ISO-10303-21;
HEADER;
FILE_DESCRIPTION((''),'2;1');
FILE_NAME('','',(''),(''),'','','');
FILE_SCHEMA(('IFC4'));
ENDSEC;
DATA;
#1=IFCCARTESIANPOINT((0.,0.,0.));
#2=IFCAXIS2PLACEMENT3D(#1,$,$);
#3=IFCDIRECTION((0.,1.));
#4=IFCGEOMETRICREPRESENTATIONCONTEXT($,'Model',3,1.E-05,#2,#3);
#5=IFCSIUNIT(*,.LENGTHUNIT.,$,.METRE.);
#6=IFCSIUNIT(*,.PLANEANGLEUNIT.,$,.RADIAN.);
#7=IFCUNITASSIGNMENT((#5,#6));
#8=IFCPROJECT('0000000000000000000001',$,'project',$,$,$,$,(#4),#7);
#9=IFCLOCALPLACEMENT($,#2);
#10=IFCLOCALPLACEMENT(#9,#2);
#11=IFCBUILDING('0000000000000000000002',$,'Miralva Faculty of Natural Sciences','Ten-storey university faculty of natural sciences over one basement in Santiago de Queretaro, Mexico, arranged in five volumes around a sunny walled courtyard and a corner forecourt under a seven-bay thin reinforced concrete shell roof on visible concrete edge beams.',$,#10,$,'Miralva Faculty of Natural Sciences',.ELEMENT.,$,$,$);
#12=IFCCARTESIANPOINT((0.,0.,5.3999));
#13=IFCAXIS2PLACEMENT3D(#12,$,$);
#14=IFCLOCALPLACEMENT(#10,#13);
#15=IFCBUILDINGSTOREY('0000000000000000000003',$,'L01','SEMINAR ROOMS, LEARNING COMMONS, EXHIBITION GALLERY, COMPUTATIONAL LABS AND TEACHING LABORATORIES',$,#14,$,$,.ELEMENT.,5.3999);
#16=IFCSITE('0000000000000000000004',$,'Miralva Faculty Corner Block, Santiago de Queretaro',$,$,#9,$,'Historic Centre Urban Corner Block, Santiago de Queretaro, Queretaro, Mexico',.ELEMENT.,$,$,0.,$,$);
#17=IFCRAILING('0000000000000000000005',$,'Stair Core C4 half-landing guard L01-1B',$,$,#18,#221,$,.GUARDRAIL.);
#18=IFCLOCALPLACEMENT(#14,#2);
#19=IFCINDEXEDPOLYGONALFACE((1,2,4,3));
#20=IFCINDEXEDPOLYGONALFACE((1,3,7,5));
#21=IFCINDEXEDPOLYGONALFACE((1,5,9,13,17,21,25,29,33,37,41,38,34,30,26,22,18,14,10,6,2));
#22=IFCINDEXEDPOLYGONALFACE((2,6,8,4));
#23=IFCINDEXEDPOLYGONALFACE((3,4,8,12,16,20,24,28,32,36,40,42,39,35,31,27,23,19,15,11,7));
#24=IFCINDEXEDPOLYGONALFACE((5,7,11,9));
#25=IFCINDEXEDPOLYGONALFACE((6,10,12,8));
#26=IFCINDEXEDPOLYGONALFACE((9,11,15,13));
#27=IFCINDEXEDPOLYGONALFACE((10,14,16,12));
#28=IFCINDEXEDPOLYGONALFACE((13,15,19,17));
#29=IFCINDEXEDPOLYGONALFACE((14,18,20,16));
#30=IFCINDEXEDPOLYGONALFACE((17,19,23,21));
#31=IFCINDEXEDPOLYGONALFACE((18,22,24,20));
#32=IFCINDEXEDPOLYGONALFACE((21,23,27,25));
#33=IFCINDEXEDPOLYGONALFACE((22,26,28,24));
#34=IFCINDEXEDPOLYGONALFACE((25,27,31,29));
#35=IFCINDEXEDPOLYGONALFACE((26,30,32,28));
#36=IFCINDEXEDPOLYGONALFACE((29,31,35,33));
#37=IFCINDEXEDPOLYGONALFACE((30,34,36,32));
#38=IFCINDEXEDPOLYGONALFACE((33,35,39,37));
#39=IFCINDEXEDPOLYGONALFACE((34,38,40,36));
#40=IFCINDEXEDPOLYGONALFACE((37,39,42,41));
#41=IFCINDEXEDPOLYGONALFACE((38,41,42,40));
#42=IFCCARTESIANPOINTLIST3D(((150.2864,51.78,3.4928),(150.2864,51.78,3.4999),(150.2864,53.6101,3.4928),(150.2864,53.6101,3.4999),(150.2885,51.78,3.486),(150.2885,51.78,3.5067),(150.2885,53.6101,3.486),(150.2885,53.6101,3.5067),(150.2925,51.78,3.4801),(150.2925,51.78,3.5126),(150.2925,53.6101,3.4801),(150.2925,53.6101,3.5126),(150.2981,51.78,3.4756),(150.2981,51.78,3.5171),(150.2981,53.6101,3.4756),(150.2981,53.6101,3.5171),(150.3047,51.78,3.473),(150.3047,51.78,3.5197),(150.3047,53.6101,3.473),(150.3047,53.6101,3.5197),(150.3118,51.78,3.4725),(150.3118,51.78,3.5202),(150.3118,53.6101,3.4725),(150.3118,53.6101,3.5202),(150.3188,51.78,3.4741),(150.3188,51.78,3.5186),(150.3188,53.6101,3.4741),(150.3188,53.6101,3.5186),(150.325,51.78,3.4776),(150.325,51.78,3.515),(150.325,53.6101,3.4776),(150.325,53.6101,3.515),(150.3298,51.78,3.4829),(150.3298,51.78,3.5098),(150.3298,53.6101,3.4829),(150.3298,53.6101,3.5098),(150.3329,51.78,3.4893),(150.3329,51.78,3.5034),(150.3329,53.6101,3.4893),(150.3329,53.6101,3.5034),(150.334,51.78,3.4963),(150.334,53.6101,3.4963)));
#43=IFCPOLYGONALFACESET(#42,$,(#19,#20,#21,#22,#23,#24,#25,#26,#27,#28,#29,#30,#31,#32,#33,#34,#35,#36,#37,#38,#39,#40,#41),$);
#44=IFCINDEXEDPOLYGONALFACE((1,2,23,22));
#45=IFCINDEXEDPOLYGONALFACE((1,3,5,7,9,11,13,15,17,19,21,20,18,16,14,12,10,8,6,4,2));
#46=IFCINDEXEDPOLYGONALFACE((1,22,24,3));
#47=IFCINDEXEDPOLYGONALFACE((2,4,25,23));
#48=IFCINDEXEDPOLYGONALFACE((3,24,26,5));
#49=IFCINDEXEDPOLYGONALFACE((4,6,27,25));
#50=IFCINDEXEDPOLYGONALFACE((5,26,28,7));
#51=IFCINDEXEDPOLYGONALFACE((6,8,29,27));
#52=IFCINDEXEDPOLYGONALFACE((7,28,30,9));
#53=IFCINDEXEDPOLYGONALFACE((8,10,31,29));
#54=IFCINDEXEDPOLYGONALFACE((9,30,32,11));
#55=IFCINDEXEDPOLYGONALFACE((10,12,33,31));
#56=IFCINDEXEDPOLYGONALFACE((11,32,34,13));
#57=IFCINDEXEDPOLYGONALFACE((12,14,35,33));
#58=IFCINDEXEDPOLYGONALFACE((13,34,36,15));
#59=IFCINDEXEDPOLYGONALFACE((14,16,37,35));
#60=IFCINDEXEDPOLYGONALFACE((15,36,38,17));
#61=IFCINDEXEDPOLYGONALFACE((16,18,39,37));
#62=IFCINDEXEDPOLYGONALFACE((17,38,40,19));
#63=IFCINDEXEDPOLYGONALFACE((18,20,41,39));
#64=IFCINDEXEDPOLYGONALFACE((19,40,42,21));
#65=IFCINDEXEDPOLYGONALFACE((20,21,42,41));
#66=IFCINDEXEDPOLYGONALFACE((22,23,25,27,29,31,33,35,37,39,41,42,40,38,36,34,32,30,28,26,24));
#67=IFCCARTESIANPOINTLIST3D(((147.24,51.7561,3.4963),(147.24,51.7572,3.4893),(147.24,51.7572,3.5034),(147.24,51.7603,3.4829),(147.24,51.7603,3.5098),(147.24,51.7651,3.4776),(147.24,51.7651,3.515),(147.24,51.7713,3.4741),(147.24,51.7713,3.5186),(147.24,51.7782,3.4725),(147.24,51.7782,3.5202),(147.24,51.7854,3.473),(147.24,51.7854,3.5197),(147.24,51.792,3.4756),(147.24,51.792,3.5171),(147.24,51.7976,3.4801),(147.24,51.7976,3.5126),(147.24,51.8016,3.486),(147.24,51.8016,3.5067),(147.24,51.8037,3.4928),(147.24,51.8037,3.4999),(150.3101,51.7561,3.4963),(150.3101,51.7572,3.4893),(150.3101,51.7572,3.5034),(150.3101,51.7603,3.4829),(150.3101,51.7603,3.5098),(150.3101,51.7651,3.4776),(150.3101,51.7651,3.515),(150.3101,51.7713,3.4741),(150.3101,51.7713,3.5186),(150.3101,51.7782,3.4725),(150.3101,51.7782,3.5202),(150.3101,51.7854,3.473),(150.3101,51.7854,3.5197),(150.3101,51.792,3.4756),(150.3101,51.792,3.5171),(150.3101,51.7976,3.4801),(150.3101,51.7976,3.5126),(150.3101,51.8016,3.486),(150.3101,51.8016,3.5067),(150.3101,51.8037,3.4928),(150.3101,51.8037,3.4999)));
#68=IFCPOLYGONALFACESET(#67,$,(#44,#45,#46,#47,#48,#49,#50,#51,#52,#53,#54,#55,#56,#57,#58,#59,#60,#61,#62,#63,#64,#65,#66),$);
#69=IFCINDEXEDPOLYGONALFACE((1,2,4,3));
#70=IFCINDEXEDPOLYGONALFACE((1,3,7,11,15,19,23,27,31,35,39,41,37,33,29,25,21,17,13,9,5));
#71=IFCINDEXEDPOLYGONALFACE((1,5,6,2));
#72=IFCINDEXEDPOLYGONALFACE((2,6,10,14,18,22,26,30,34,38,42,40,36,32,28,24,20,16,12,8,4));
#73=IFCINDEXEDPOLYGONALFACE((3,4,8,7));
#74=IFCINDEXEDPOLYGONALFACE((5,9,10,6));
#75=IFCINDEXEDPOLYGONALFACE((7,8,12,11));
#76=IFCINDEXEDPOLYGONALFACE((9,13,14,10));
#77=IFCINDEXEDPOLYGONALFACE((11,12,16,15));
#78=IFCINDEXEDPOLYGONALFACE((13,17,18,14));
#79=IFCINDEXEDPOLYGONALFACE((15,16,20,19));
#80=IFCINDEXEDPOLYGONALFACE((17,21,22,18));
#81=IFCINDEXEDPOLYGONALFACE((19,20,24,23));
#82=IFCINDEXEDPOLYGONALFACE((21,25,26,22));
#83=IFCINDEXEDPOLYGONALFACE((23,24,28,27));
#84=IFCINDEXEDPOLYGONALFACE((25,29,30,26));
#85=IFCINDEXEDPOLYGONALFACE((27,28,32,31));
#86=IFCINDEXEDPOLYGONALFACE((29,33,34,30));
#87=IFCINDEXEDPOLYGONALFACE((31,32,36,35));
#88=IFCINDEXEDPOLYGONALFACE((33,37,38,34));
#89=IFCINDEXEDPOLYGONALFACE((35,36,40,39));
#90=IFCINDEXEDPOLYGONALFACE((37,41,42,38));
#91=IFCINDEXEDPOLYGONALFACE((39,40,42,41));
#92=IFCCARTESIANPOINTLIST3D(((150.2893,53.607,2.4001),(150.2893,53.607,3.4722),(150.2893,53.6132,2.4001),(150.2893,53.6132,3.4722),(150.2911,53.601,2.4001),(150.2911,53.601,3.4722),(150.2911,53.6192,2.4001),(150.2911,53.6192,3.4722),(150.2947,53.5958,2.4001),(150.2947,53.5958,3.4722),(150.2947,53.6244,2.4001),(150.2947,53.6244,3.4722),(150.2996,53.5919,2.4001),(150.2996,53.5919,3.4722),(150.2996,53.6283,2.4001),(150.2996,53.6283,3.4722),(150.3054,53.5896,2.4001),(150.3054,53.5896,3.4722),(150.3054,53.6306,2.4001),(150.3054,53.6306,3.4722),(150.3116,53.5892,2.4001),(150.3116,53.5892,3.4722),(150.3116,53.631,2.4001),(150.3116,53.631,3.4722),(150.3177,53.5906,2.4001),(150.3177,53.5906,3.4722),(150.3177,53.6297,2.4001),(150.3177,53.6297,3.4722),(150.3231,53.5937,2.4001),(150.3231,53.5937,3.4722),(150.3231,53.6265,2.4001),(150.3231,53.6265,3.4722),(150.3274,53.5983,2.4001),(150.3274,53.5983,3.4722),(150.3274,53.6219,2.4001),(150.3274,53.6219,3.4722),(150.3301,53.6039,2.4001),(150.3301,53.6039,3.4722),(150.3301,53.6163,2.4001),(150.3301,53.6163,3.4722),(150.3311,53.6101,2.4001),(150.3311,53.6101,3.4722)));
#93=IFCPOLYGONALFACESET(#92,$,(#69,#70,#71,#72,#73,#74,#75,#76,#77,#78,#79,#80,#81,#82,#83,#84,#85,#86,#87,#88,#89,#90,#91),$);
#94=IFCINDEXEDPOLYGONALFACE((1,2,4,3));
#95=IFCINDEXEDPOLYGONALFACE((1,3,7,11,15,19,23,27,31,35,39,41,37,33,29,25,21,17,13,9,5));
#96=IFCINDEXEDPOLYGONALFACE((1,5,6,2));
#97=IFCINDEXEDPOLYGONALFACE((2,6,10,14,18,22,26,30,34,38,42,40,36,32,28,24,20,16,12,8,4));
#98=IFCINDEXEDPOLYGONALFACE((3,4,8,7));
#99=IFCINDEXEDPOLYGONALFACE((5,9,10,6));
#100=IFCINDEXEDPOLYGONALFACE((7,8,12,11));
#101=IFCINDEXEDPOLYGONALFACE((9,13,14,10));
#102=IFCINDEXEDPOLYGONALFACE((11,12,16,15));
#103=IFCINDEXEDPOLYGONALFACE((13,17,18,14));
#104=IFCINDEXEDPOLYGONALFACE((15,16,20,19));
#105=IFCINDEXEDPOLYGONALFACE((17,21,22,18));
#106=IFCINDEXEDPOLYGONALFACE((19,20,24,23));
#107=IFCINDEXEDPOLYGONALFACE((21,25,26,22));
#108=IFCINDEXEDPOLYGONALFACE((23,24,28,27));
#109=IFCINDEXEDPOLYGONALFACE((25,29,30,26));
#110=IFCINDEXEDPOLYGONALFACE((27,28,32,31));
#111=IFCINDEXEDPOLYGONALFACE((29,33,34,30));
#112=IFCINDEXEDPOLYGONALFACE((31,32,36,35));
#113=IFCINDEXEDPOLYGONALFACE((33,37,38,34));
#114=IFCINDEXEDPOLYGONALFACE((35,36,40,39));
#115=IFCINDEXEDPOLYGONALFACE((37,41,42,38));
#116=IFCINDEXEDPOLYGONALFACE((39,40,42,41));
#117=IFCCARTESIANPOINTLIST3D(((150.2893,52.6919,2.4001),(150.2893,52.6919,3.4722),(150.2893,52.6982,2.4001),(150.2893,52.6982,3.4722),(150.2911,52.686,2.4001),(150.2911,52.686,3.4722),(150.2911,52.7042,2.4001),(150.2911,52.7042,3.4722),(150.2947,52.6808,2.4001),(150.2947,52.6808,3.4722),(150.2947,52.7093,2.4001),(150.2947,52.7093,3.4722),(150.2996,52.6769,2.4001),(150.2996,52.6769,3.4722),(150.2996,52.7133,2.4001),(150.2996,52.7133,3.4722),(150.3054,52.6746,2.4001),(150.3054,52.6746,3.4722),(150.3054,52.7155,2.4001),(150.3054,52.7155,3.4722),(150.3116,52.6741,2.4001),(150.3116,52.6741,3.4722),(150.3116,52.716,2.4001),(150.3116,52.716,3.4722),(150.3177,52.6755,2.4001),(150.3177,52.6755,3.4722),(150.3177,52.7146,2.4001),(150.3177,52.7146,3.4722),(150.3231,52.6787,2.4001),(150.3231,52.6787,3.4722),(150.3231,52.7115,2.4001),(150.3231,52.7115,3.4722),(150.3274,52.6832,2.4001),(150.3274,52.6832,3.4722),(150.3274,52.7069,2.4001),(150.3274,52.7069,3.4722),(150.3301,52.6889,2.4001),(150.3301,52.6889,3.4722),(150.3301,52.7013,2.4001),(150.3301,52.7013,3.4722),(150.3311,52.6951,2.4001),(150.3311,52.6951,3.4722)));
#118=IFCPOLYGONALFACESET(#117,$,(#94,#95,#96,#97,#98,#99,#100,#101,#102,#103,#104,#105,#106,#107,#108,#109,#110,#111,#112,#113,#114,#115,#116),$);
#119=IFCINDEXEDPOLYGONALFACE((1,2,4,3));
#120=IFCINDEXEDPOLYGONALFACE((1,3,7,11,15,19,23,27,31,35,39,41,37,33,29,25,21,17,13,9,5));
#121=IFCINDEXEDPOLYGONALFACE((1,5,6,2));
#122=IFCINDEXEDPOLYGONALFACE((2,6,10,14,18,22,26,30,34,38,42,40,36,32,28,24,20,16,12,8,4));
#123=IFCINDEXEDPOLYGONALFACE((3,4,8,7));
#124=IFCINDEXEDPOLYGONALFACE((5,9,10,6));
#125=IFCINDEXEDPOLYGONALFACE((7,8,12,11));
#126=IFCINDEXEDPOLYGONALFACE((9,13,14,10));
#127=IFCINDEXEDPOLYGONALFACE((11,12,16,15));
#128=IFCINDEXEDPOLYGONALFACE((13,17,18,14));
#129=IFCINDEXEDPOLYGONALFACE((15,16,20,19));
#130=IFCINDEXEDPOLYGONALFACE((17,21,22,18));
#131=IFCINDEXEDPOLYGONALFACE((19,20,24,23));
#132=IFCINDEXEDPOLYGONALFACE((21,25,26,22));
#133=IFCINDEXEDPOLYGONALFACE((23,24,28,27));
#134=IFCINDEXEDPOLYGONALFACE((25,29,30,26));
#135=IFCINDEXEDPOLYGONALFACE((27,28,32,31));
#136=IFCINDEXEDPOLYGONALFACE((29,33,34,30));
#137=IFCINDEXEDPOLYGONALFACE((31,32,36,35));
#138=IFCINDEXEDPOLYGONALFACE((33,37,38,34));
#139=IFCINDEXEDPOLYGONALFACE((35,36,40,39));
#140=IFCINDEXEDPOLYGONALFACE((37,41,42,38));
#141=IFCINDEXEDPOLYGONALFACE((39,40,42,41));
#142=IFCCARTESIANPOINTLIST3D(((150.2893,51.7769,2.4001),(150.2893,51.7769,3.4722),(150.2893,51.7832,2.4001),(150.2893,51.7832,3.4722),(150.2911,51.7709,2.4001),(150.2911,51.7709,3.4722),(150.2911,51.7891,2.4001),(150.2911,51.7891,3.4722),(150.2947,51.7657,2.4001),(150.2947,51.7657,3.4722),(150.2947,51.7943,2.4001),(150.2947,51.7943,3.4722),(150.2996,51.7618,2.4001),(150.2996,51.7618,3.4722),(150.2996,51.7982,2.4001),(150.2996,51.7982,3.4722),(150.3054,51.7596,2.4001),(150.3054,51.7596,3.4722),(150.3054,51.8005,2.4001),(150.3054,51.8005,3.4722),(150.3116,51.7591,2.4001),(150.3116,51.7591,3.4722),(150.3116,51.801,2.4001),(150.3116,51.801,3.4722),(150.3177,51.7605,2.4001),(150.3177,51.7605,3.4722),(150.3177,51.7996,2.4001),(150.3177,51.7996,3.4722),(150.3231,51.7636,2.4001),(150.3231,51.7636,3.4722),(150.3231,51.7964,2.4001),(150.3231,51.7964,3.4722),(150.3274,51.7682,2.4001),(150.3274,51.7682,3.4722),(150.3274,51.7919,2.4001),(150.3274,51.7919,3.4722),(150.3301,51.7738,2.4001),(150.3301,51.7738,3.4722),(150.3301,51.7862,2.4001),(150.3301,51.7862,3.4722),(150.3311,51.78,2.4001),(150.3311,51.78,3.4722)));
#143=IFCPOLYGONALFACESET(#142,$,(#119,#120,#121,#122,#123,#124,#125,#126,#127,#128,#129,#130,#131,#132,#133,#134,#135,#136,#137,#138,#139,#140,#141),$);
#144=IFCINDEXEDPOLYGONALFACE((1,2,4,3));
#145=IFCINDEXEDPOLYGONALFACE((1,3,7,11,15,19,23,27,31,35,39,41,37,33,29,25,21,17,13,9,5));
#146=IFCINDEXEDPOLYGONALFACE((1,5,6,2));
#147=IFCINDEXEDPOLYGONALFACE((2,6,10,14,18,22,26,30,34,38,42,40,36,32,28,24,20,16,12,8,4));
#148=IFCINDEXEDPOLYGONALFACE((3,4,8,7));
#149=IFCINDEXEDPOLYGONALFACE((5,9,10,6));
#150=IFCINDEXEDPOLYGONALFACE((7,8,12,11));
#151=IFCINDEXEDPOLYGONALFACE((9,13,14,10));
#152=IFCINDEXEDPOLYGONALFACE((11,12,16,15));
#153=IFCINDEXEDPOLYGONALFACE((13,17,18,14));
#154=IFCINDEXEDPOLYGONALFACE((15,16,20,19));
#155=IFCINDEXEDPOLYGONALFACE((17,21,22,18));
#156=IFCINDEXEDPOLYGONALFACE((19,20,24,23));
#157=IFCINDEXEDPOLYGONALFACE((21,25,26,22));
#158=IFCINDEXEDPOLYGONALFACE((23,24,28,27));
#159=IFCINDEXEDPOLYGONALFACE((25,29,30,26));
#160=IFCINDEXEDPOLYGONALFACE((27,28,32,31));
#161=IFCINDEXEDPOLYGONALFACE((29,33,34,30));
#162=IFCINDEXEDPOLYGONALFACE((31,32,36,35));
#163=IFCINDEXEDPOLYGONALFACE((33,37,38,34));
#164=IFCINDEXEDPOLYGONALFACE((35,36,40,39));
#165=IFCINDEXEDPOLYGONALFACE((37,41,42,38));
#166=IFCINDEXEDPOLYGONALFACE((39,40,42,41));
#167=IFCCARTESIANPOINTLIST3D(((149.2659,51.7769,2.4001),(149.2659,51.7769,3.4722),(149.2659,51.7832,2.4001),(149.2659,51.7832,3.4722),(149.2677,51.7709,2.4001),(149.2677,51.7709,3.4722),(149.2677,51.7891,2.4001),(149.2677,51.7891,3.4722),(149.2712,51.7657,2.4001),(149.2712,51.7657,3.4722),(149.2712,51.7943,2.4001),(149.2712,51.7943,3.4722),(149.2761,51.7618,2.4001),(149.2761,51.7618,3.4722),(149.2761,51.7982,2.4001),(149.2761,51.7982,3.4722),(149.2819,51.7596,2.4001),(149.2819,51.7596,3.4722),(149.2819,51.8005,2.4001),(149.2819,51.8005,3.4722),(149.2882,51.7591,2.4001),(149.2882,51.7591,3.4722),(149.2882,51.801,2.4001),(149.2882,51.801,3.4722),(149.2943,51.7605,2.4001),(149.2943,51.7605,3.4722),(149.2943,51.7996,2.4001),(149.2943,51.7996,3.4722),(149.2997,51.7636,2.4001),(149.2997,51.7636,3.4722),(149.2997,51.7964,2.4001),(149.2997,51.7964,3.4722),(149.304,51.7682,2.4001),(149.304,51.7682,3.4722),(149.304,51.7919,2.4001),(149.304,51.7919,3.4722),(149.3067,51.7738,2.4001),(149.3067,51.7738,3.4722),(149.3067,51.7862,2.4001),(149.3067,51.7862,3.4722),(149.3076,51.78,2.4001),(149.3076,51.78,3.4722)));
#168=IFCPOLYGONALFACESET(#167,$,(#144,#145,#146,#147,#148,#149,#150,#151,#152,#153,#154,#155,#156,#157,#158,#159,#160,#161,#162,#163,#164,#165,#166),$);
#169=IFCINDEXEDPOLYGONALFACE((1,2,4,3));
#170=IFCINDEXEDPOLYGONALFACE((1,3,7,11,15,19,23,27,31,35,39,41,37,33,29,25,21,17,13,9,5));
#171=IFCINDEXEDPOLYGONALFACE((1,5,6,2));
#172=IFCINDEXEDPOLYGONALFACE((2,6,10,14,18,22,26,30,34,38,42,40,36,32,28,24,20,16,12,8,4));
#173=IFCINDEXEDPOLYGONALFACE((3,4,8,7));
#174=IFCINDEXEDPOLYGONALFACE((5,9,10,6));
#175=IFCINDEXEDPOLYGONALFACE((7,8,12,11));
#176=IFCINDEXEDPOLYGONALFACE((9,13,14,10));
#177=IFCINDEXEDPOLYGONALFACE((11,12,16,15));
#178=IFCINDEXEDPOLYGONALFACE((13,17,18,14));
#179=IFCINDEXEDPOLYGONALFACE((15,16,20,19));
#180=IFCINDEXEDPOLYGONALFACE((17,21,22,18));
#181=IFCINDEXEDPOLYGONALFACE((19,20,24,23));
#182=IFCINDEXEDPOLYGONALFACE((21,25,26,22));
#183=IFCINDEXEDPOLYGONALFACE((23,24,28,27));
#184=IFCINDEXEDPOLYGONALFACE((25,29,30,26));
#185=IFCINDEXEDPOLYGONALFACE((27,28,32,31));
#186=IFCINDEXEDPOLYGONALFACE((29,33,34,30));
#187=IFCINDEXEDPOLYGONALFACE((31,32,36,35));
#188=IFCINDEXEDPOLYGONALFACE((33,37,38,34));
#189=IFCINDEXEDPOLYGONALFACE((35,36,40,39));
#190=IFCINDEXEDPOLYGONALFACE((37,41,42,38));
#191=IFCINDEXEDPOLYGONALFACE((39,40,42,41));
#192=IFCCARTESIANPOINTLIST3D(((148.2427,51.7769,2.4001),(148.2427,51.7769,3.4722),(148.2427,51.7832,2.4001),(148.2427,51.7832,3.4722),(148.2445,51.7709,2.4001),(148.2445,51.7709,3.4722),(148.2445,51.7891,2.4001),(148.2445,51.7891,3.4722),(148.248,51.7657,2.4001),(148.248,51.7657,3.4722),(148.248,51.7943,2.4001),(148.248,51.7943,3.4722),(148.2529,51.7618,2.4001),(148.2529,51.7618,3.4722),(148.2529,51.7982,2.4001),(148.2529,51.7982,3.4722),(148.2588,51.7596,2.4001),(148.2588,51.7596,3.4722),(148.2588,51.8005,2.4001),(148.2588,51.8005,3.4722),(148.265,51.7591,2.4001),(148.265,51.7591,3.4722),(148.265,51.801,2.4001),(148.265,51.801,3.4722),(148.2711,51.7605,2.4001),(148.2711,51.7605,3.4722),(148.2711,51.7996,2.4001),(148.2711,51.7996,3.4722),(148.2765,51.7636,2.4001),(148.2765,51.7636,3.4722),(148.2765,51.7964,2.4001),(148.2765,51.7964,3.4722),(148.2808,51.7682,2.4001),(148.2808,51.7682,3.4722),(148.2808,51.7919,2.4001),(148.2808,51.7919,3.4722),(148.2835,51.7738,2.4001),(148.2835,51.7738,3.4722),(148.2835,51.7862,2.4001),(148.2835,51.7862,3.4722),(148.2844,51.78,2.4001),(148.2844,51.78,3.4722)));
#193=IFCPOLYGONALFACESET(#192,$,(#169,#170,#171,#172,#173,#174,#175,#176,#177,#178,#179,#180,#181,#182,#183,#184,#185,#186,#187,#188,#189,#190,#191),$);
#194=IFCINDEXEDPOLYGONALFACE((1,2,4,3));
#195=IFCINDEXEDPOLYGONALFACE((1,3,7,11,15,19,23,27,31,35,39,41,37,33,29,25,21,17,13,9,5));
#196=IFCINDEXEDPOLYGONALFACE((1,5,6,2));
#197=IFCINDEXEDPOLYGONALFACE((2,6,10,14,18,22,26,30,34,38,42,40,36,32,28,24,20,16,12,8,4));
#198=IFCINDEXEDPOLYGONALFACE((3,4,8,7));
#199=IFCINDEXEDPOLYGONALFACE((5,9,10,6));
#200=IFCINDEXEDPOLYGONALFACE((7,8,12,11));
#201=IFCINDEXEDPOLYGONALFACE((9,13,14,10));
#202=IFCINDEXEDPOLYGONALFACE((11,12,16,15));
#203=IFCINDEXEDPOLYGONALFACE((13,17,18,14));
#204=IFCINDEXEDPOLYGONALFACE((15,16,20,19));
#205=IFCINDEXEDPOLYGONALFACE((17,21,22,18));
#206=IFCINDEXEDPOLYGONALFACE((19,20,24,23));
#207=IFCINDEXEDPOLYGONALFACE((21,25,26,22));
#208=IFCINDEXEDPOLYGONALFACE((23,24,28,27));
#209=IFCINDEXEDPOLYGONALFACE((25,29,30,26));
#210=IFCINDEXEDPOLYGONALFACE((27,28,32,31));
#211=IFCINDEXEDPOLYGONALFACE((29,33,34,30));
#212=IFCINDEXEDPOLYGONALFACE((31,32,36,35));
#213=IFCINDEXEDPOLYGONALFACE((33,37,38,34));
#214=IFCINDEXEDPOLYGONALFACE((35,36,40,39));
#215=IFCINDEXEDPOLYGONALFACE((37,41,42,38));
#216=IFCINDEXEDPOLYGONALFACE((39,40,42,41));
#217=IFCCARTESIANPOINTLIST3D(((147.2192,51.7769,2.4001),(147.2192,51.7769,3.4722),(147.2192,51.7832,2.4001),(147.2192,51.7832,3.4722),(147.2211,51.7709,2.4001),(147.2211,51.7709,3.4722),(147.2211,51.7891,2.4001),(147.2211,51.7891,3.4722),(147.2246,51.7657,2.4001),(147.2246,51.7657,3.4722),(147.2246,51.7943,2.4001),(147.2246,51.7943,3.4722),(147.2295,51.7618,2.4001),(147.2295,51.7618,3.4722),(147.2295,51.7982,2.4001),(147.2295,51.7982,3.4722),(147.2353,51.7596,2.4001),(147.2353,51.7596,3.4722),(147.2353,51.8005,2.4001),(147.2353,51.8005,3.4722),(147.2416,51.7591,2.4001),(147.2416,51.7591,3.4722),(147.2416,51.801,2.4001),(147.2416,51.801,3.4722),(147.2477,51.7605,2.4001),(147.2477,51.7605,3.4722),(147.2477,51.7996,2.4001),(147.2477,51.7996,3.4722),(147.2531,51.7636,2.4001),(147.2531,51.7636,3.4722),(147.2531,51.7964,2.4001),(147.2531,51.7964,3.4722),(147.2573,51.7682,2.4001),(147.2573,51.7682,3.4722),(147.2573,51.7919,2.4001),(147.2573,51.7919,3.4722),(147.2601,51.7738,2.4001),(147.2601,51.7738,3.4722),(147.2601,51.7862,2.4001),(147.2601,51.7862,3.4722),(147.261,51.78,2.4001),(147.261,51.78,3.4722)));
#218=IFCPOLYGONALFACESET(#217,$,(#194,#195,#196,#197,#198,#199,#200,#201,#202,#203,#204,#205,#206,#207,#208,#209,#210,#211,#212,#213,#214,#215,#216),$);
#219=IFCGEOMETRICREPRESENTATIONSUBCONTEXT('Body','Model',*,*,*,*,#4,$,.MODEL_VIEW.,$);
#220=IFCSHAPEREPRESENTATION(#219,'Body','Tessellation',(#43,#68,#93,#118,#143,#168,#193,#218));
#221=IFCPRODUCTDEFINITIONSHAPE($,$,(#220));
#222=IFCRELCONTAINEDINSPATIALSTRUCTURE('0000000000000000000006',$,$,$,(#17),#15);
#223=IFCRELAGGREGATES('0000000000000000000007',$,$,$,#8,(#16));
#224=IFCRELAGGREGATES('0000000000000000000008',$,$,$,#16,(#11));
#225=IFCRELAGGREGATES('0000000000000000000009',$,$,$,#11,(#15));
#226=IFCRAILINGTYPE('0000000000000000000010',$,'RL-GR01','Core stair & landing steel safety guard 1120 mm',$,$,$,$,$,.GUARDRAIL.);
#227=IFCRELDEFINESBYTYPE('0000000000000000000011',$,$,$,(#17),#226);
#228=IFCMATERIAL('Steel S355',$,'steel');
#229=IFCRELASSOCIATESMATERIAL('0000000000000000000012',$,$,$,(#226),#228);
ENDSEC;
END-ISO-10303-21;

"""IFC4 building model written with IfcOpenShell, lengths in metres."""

from ifc_helpers import new_model, si_unit, direction, frame, origin, origin_2d, place, context, subcontext, project, spatial, circle, extrude, material, type_object, element, save


model = new_model("IFC4")

# Units and contexts
model_context = context("Model", 3, precision=1e-05, world=origin(), true_north=direction((0.0, 1.0)))
body_context = subcontext(model_context, "Body", "Model", "MODEL_VIEW")
ifc_project = project(units=[si_unit("LENGTHUNIT", "METRE"), si_unit("PLANEANGLEUNIT", "RADIAN")], contexts=[model_context])

# Site, building, storey
site_placement = place(None, origin())
site = spatial("IfcSite", under=ifc_project, at=site_placement, Name="Miralva Faculty Corner Block, Santiago de Queretaro", LongName="Historic Centre Urban Corner Block, Santiago de Queretaro, Queretaro, Mexico", CompositionType="ELEMENT", RefElevation=0.0)
building_placement = place(site_placement, origin())
building = spatial("IfcBuilding", under=site, at=building_placement, Name="Miralva Faculty of Natural Sciences", Description="Ten-storey university faculty of natural sciences over one basement in Santiago de Queretaro, Mexico, arranged in five volumes around a sunny walled courtyard and a corner forecourt under a seven-bay thin reinforced concrete shell roof on visible concrete edge beams.", LongName="Miralva Faculty of Natural Sciences", CompositionType="ELEMENT")
storey_placement = place(building_placement, frame((0.0, 0.0, 5.3999)))
storey = spatial("IfcBuildingStorey", under=building, at=storey_placement, Name="L01", Description="SEMINAR ROOMS, LEARNING COMMONS, EXHIBITION GALLERY, COMPUTATIONAL LABS AND TEACHING LABORATORIES", CompositionType="ELEMENT", Elevation=5.3999)

# Railing
ifc_material_1 = material(Name="Steel S355", Category="steel")
railing_type_1 = type_object("IfcRailingType", Name="RL-GR01", Description="Core stair & landing steel safety guard 1120 mm", PredefinedType="GUARDRAIL", material=ifc_material_1)
railing_1_placement = place(storey_placement, frame((150.3101, 53.6101, 2.4001)))
element("IfcRailing", 1, at=railing_1_placement, inside=storey, type_object=railing_type_1, Name="Stair Core C4 half-landing guard L01-1B", PredefinedType="GUARDRAIL", context=body_context, shape_type="SweptSolid", body=[
    extrude(circle(Radius=0.0239, at=origin_2d()), frame((0.0, 0.0, 1.0962), z_axis=(0.0, -1.0, 0.0), x_axis=(1.0, 0.0, 0.0)), (0.0, 0.0, 1.0), 1.8301),
    extrude(circle(Radius=0.0239, at=origin_2d()), frame((0.0, -1.8301, 1.0962), z_axis=(-1.0, 0.0, 0.0), x_axis=(0.0, -1.0, 0.0)), (0.0, 0.0, 1.0), 3.0701),
    extrude(circle(Radius=0.021, at=origin_2d()), origin(), (0.0, 0.0, 1.0), 1.072),
    extrude(circle(Radius=0.021, at=origin_2d()), frame((0.0, -0.915, 0.0)), (0.0, 0.0, 1.0), 1.072),
    extrude(circle(Radius=0.021, at=origin_2d()), frame((0.0, -1.8301, 0.0)), (0.0, 0.0, 1.0), 1.072),
    extrude(circle(Radius=0.021, at=origin_2d()), frame((-1.0234, -1.8301, 0.0)), (0.0, 0.0, 1.0), 1.072),
    extrude(circle(Radius=0.021, at=origin_2d()), frame((-2.0466, -1.8301, 0.0)), (0.0, 0.0, 1.0), 1.072),
    extrude(circle(Radius=0.021, at=origin_2d()), frame((-3.0701, -1.8301, 0.0)), (0.0, 0.0, 1.0), 1.072),
])

save(model, "model.ifc")
